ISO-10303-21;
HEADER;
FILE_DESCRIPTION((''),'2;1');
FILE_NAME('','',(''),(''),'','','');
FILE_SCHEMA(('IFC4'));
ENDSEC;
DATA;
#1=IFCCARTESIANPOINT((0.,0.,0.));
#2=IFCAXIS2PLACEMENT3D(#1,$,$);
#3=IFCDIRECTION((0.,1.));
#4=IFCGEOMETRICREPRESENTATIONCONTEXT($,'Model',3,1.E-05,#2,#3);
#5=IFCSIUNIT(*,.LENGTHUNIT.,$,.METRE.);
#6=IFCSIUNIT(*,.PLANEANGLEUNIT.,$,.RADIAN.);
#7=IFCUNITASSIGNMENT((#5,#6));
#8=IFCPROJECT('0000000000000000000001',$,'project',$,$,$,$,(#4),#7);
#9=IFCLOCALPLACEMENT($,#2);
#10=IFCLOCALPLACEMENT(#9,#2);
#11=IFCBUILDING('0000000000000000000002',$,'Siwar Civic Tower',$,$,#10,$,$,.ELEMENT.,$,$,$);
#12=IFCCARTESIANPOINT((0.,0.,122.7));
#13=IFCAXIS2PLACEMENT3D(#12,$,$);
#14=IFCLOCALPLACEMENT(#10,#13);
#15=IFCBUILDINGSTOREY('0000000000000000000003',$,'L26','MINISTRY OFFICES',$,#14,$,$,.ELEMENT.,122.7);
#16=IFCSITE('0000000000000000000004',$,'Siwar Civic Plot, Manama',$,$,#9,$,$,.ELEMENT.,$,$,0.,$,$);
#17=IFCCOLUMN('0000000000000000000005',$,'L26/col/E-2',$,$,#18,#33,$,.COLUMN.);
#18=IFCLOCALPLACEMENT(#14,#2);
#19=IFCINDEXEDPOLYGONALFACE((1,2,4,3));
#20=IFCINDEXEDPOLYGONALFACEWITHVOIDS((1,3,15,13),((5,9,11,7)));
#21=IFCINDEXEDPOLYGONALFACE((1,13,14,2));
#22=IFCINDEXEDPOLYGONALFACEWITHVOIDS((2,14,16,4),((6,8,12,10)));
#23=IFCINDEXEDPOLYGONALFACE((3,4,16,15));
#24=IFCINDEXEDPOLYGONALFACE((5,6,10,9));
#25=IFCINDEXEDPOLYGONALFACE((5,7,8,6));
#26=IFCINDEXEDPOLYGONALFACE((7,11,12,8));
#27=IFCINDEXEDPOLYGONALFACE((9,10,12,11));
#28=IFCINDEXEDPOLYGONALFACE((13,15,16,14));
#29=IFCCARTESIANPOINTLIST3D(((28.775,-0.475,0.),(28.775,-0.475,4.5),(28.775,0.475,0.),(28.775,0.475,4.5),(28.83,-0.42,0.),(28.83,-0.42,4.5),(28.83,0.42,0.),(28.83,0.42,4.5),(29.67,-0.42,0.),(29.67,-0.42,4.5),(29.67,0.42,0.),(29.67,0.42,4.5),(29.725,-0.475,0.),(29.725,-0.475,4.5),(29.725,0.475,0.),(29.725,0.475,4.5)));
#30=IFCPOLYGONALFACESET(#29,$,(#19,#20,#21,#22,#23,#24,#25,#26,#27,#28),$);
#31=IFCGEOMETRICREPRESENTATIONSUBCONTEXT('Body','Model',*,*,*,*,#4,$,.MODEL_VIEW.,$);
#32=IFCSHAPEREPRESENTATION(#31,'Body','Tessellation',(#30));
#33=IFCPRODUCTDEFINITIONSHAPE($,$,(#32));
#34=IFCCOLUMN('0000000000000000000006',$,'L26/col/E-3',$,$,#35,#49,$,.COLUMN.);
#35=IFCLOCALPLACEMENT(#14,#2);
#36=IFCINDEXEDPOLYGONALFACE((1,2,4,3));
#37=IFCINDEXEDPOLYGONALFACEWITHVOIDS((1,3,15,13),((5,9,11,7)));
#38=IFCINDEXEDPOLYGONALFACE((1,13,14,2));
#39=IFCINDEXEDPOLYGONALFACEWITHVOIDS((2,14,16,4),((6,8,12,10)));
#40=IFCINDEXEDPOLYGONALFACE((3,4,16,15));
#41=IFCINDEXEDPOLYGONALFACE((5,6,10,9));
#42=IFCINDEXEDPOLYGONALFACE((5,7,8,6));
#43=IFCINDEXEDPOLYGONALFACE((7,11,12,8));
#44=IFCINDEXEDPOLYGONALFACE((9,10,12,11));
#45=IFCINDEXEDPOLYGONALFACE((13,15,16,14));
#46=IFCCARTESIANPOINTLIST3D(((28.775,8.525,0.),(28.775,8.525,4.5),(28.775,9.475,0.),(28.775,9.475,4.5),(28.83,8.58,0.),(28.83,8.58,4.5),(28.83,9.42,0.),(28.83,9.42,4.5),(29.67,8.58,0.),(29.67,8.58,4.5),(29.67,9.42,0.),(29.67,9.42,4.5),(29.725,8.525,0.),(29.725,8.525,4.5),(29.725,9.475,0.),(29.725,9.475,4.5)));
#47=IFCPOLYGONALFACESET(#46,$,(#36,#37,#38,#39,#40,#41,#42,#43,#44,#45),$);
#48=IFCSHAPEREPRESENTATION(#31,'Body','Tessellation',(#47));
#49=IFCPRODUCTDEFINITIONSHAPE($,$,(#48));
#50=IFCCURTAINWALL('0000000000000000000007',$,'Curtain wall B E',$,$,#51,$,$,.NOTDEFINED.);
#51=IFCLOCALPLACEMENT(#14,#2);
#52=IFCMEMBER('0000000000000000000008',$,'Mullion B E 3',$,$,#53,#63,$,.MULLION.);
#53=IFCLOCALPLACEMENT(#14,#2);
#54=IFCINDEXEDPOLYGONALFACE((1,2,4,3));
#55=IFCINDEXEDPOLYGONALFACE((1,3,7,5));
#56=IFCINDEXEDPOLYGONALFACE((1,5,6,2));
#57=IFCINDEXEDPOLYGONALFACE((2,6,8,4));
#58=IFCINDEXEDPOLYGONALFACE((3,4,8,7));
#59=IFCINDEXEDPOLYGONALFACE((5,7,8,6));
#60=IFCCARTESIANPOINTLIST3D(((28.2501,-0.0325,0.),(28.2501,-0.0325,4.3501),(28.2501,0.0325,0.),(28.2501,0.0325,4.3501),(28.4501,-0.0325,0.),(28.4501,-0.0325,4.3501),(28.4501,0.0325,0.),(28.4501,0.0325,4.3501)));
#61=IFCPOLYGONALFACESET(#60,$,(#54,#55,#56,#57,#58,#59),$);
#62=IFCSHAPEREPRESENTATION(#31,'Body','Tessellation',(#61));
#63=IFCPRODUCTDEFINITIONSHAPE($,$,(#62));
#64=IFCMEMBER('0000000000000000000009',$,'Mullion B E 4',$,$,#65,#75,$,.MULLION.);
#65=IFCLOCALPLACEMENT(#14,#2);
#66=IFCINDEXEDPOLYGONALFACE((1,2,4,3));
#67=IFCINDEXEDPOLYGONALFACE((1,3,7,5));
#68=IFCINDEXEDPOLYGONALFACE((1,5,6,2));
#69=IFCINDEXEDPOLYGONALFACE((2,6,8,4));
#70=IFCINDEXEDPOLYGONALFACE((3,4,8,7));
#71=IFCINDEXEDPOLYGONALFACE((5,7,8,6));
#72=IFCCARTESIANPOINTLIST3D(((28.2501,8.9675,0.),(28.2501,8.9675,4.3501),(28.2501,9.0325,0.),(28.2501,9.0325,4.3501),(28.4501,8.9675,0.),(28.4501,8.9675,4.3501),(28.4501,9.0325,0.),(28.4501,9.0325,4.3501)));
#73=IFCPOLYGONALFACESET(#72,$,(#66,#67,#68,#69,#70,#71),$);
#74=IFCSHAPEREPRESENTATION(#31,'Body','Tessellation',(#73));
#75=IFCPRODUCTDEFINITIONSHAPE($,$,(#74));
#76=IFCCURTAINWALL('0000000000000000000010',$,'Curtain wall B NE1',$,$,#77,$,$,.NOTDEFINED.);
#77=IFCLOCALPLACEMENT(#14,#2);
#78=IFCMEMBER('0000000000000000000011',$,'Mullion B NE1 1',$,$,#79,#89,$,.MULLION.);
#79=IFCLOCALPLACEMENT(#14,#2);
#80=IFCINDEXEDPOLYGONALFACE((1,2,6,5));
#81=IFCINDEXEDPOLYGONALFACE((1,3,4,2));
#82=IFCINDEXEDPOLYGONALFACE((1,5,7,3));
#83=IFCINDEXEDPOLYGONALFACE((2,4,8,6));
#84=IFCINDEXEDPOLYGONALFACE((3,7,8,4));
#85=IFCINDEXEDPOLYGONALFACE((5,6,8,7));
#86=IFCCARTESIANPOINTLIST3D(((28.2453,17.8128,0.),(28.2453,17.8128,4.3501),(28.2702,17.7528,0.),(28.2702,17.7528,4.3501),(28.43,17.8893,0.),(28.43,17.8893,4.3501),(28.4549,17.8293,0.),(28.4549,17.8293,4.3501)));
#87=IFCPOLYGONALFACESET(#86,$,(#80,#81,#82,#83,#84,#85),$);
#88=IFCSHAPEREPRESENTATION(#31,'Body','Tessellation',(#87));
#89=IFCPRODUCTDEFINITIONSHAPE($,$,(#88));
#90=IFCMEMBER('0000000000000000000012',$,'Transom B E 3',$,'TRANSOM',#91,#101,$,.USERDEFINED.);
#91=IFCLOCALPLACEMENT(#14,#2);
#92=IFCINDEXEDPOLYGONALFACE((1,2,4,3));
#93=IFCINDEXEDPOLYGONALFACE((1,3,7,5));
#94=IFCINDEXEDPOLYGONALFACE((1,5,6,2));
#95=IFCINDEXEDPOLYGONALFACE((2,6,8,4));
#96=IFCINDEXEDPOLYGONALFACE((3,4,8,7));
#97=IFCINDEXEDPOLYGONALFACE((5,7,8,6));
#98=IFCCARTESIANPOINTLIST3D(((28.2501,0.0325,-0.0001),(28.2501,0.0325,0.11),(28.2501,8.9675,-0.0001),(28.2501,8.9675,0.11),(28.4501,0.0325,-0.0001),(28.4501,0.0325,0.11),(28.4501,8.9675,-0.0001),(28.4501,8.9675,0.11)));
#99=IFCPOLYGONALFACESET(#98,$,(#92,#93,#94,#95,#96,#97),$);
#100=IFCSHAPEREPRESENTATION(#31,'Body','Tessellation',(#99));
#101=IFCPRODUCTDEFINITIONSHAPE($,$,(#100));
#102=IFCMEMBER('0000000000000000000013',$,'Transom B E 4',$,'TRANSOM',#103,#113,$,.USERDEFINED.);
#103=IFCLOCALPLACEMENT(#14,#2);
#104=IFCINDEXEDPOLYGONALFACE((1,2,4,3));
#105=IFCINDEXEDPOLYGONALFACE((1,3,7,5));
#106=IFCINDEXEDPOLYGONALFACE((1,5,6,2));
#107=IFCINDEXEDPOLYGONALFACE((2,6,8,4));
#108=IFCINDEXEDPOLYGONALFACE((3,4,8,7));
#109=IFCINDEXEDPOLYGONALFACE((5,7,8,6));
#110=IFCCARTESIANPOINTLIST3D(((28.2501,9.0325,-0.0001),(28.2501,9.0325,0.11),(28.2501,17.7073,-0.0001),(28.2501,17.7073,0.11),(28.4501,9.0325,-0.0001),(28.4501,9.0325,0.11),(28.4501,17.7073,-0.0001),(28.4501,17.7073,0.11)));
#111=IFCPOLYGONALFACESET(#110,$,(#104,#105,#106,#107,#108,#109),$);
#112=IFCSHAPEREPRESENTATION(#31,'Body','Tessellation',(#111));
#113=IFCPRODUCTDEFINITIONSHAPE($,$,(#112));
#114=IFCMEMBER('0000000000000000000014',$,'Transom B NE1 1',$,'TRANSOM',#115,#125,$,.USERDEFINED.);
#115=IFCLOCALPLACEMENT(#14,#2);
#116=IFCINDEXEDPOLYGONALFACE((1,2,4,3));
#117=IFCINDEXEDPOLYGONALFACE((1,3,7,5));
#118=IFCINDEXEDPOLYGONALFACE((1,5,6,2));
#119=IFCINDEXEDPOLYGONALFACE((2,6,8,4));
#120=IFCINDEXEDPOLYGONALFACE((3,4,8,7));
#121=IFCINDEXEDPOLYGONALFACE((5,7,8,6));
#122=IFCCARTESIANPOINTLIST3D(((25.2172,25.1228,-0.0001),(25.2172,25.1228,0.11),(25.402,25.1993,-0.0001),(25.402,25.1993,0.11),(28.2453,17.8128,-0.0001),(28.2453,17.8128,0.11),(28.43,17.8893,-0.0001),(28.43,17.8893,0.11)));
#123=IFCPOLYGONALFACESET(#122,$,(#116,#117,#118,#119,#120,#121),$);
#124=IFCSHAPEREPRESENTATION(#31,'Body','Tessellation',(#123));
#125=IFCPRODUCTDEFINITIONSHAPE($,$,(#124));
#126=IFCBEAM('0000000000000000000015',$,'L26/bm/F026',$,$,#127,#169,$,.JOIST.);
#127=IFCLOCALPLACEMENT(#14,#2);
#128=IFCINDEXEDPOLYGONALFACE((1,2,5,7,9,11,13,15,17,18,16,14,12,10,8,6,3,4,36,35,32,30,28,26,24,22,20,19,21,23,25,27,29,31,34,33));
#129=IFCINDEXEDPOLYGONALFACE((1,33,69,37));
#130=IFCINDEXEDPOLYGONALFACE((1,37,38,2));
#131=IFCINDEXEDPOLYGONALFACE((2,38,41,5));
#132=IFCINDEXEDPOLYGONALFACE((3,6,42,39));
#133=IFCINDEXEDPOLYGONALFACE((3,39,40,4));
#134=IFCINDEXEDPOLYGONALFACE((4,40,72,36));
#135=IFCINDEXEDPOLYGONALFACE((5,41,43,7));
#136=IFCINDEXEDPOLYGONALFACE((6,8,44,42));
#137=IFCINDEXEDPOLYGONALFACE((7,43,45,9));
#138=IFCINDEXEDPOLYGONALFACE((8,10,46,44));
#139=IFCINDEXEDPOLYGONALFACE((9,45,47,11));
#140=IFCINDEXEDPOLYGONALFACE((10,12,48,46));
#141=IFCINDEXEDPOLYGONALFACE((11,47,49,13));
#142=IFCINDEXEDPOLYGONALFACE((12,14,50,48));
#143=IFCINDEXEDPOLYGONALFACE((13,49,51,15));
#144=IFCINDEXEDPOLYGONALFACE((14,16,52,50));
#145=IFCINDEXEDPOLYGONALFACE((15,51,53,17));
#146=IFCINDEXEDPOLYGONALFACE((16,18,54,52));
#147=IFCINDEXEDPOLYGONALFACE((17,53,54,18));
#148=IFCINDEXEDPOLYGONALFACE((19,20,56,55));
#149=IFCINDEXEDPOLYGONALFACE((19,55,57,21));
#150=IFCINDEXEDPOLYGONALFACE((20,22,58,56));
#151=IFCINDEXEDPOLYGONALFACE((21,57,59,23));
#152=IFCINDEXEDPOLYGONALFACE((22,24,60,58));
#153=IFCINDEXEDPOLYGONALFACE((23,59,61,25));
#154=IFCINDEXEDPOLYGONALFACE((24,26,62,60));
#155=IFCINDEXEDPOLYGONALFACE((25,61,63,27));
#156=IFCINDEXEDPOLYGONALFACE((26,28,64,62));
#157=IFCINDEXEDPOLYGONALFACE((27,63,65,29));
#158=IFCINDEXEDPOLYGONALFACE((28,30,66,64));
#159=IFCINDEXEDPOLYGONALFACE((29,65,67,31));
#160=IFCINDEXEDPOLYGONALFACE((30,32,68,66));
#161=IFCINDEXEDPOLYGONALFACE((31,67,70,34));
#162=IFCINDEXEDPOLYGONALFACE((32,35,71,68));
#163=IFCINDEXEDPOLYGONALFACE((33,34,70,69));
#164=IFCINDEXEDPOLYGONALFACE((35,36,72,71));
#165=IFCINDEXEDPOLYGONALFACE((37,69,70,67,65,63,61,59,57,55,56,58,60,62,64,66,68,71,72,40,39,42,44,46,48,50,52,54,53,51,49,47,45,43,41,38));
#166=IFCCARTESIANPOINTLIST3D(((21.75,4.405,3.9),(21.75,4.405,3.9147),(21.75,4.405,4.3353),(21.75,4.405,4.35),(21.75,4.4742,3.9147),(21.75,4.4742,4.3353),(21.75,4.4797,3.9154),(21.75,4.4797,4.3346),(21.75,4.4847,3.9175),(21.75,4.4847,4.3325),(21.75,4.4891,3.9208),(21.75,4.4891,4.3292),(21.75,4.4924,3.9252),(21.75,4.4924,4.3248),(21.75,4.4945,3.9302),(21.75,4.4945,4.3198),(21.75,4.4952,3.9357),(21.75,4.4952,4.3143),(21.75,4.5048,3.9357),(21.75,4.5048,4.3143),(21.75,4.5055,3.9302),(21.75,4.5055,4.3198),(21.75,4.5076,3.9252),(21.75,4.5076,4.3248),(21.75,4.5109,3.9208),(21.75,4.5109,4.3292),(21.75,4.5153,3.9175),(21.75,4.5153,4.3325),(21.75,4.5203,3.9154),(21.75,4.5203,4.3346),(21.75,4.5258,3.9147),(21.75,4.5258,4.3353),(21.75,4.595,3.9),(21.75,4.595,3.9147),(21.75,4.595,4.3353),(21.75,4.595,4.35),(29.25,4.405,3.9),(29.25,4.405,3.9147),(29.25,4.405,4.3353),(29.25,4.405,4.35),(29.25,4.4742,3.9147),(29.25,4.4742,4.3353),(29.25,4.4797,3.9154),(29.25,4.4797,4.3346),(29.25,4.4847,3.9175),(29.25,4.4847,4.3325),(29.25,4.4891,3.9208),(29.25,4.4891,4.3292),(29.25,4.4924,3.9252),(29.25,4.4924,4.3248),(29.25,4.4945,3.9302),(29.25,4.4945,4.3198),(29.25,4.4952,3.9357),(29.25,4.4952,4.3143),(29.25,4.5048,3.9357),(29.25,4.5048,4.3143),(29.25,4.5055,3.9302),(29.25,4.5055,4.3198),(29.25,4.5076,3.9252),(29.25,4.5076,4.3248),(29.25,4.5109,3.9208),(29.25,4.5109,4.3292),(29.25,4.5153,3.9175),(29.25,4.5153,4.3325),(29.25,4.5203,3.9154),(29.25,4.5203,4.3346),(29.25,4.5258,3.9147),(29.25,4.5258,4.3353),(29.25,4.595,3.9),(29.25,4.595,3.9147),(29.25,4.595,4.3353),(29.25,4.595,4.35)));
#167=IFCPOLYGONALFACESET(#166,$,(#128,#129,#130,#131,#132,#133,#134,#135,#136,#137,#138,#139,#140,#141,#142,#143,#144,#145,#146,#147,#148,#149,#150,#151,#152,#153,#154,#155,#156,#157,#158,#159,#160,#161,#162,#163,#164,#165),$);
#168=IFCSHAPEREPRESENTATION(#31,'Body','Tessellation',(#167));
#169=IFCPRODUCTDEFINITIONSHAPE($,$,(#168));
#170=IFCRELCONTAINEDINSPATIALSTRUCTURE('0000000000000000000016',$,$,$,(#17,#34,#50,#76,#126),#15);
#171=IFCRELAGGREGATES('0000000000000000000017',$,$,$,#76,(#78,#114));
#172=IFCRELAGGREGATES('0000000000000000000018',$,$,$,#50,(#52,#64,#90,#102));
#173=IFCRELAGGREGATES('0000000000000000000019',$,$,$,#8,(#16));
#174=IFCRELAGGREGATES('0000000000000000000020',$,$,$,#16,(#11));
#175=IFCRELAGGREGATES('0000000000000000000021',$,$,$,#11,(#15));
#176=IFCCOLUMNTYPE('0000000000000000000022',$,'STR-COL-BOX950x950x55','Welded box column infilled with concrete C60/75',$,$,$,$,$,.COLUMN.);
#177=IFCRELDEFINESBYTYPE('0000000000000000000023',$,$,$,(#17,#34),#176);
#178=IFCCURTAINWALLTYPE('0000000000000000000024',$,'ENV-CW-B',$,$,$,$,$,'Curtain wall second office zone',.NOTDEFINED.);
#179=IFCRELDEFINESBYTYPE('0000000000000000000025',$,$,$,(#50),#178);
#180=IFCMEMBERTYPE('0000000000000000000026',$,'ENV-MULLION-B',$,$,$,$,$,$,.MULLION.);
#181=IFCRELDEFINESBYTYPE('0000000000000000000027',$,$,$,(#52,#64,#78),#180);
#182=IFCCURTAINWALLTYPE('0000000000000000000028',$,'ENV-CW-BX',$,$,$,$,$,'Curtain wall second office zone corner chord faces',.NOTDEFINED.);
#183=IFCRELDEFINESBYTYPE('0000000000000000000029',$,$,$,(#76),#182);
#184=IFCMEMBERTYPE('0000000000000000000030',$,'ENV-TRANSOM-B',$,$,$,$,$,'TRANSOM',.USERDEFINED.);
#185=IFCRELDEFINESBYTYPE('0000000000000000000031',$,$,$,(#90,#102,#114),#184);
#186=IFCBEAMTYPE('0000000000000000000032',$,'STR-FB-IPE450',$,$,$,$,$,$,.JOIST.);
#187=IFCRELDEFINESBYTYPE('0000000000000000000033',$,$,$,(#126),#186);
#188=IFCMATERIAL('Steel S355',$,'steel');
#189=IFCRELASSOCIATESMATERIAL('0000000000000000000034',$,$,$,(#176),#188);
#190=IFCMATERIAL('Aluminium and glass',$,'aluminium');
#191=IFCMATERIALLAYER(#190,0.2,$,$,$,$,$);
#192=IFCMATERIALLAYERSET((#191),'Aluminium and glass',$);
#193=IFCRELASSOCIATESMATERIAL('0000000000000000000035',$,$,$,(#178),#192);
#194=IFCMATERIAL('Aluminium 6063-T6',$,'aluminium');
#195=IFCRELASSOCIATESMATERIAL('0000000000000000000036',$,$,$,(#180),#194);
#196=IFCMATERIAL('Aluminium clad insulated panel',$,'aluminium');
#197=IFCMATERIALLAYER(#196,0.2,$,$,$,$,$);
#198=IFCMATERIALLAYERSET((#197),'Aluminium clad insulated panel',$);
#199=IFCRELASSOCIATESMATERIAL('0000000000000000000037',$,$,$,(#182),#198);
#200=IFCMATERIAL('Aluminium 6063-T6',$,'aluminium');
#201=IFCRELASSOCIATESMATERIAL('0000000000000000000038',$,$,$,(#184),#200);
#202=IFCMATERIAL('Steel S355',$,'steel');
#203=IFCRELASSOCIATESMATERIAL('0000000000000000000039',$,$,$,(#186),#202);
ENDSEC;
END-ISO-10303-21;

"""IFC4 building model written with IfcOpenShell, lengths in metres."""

from ifc_helpers import new_model, si_unit, direction, frame, origin, origin_2d, place, context, subcontext, project, spatial, rectangle, hollow_rectangle, i_section, extrude, material, layer, layer_set, material_profile, profile_set, type_object, element, aggregate, save


model = new_model("IFC4")

# Units and contexts
model_context = context("Model", 3, precision=1e-05, world=origin(), true_north=direction((0.0, 1.0)))
body_context = subcontext(model_context, "Body", "Model", "MODEL_VIEW")
ifc_project = project(units=[si_unit("LENGTHUNIT", "METRE"), si_unit("PLANEANGLEUNIT", "RADIAN")], contexts=[model_context])

# Site, building, storey
site_placement = place(None, origin())
site = spatial("IfcSite", under=ifc_project, at=site_placement, Name="Siwar Civic Plot, Manama", CompositionType="ELEMENT", RefElevation=0.0)
building_placement = place(site_placement, origin())
building = spatial("IfcBuilding", under=site, at=building_placement, Name="Siwar Civic Tower", CompositionType="ELEMENT")
storey_placement = place(building_placement, frame((0.0, 0.0, 122.7)))
storey = spatial("IfcBuildingStorey", under=building, at=storey_placement, Name="L26", Description="MINISTRY OFFICES", CompositionType="ELEMENT", Elevation=122.7)

# Columns
ifc_material_1 = material(Name="Steel S355", Category="steel")
ifc_material_profile_1 = material_profile(ifc_material_1, hollow_rectangle(XDim=0.95, YDim=0.95, WallThickness=0.0549, at=origin_2d()), Name="BOX950x950x55")
ifc_profile_set_1 = profile_set([ifc_material_profile_1], Name="Steel S355")
column_type = type_object("IfcColumnType", Name="STR-COL-BOX950x950x55", Description="Welded box column infilled with concrete C60/75", PredefinedType="COLUMN", material=ifc_profile_set_1)
for number, where, z_axis, x_axis, name in (
    (1, (29.25, 0.0, 0.0), (0.0, 0.0, 1.0), (1.0, 0.0, 0.0), "L26/col/E-2"),
    (2, (29.25, 9.0, 0.0), (0.0, 0.0, 1.0), (1.0, 0.0, 0.0), "L26/col/E-3"),
):
    element("IfcColumn", number, at=place(storey_placement, frame(where, z_axis=z_axis, x_axis=x_axis)), inside=storey, type_object=column_type, Name=name, PredefinedType="COLUMN", context=body_context, shape_type="SweptSolid", body=[
        extrude(hollow_rectangle(XDim=0.95, YDim=0.95, WallThickness=0.0549, at=origin_2d()), origin(), (0.0, 0.0, 1.0), 4.5),
    ])

# Curtain wall, members
ifc_material_2 = material(Name="Aluminium and glass", Category="aluminium")
ifc_layer_1 = layer(ifc_material_2, 0.2)
ifc_layer_set_1 = layer_set([ifc_layer_1], Name="Aluminium and glass")
curtain_wall_type_1 = type_object("IfcCurtainWallType", Name="ENV-CW-B", ElementType="Curtain wall second office zone", PredefinedType="NOTDEFINED", material=ifc_layer_set_1)
curtain_wall_1_placement = place(storey_placement, origin())
curtain_wall_1 = element("IfcCurtainWall", 3, at=curtain_wall_1_placement, inside=storey, type_object=curtain_wall_type_1, Name="Curtain wall B E", PredefinedType="NOTDEFINED")
ifc_material_3 = material(Name="Aluminium 6063-T6", Category="aluminium")
ifc_material_profile_2 = material_profile(ifc_material_3, rectangle(XDim=0.2, YDim=0.0649, at=origin_2d()), Name="AL 200x65")
ifc_profile_set_2 = profile_set([ifc_material_profile_2], Name="Aluminium 6063-T6")
member_type_1 = type_object("IfcMemberType", Name="ENV-MULLION-B", PredefinedType="MULLION", material=ifc_profile_set_2)
member_1_placement = place(storey_placement, frame((28.3501, 0.0, 0.0), z_axis=(0.0, 0.0, 1.0), x_axis=(-1.0, 0.0, 0.0)))
member_1 = element("IfcMember", 4, at=member_1_placement, type_object=member_type_1, Name="Mullion B E 3", PredefinedType="MULLION", context=body_context, shape_type="SweptSolid", body=[
    extrude(rectangle(XDim=0.2, YDim=0.0649, at=origin_2d()), origin(), (0.0, 0.0, 1.0), 4.3501),
])
member_2_placement = place(storey_placement, frame((28.3501, 9.0, 0.0), z_axis=(0.0, 0.0, 1.0), x_axis=(-1.0, 0.0, 0.0)))
member_2 = element("IfcMember", 5, at=member_2_placement, type_object=member_type_1, Name="Mullion B E 4", PredefinedType="MULLION", context=body_context, shape_type="SweptSolid", body=[
    extrude(rectangle(XDim=0.2, YDim=0.0649, at=origin_2d()), origin(), (0.0, 0.0, 1.0), 4.3501),
])

# Curtain wall, member
ifc_material_4 = material(Name="Aluminium clad insulated panel", Category="aluminium")
ifc_layer_2 = layer(ifc_material_4, 0.2)
ifc_layer_set_2 = layer_set([ifc_layer_2], Name="Aluminium clad insulated panel")
curtain_wall_type_2 = type_object("IfcCurtainWallType", Name="ENV-CW-BX", ElementType="Curtain wall second office zone corner chord faces", PredefinedType="NOTDEFINED", material=ifc_layer_set_2)
curtain_wall_2_placement = place(storey_placement, origin())
curtain_wall_2 = element("IfcCurtainWall", 6, at=curtain_wall_2_placement, inside=storey, type_object=curtain_wall_type_2, Name="Curtain wall B NE1", PredefinedType="NOTDEFINED")
member_3_placement = place(storey_placement, frame((28.3501, 17.821, 0.0), z_axis=(0.0, 0.0, 1.0), x_axis=(-0.92388, -0.382683, 0.0)))
member_3 = element("IfcMember", 7, at=member_3_placement, type_object=member_type_1, Name="Mullion B NE1 1", PredefinedType="MULLION", context=body_context, shape_type="SweptSolid", body=[
    extrude(rectangle(XDim=0.2, YDim=0.0649, at=origin_2d()), origin(), (0.0, 0.0, 1.0), 4.3501),
])

# Members
ifc_material_5 = material(Name="Aluminium 6063-T6", Category="aluminium")
ifc_material_profile_3 = material_profile(ifc_material_5, rectangle(XDim=0.2, YDim=0.1101, at=origin_2d()), Name="AL 200x110")
ifc_profile_set_3 = profile_set([ifc_material_profile_3], Name="Aluminium 6063-T6")
member_type_2 = type_object("IfcMemberType", Name="ENV-TRANSOM-B", ElementType="TRANSOM", PredefinedType="USERDEFINED", material=ifc_profile_set_3)
member_4_placement = place(storey_placement, frame((28.3501, 0.0325, 0.0549), z_axis=(0.0, 1.0, 0.0), x_axis=(-1.0, 0.0, 0.0)))
member_4 = element("IfcMember", 8, at=member_4_placement, type_object=member_type_2, Name="Transom B E 3", ObjectType="TRANSOM", PredefinedType="USERDEFINED", context=body_context, shape_type="SweptSolid", body=[
    extrude(rectangle(XDim=0.2, YDim=0.1101, at=origin_2d()), origin(), (0.0, 0.0, 1.0), 8.9351),
])
member_5_placement = place(storey_placement, frame((28.3501, 9.0325, 0.0549), z_axis=(0.0, 1.0, 0.0), x_axis=(-1.0, 0.0, 0.0)))
member_5 = element("IfcMember", 9, at=member_5_placement, type_object=member_type_2, Name="Transom B E 4", ObjectType="TRANSOM", PredefinedType="USERDEFINED", context=body_context, shape_type="SweptSolid", body=[
    extrude(rectangle(XDim=0.2, YDim=0.1101, at=origin_2d()), origin(), (0.0, 0.0, 1.0), 8.6748),
])
member_6_placement = place(storey_placement, frame((28.3376, 17.8511, 0.0549), z_axis=(-0.3827, 0.923873, 0.0), x_axis=(-0.923873, -0.3827, 0.0)))
member_6 = element("IfcMember", 10, at=member_6_placement, type_object=member_type_2, Name="Transom B NE1 1", ObjectType="TRANSOM", PredefinedType="USERDEFINED", context=body_context, shape_type="SweptSolid", body=[
    extrude(rectangle(XDim=0.2, YDim=0.1101, at=origin_2d()), origin(), (0.0, 0.0, 1.0), 7.9124),
])
aggregate(curtain_wall_2, [member_3, member_6])

# Beam
ifc_material_6 = material(Name="Steel S355", Category="steel")
ifc_material_profile_4 = material_profile(ifc_material_6, i_section(OverallWidth=0.1899, OverallDepth=0.45, WebThickness=0.0095, FlangeThickness=0.0146, FilletRadius=0.021, at=origin_2d()), Name="IPE450")
ifc_profile_set_4 = profile_set([ifc_material_profile_4], Name="Steel S355")
beam_type_1 = type_object("IfcBeamType", Name="STR-FB-IPE450", PredefinedType="JOIST", material=ifc_profile_set_4)
for number, where, z_axis, x_axis, name in (
    (11, (21.75, 4.5, 4.125), (1.0, 0.0, 0.0), (0.0, 1.0, 0.0), "L26/bm/F026"),
):
    element("IfcBeam", number, at=place(storey_placement, frame(where, z_axis=z_axis, x_axis=x_axis)), inside=storey, type_object=beam_type_1, Name=name, PredefinedType="JOIST", context=body_context, shape_type="SweptSolid", body=[
        extrude(i_section(OverallWidth=0.1899, OverallDepth=0.45, WebThickness=0.0095, FlangeThickness=0.0146, FilletRadius=0.021, at=origin_2d()), origin(), (0.0, 0.0, 1.0), 7.5),
    ])

aggregate(curtain_wall_1, [member_1, member_2, member_4, member_5])

save(model, "model.ifc")
